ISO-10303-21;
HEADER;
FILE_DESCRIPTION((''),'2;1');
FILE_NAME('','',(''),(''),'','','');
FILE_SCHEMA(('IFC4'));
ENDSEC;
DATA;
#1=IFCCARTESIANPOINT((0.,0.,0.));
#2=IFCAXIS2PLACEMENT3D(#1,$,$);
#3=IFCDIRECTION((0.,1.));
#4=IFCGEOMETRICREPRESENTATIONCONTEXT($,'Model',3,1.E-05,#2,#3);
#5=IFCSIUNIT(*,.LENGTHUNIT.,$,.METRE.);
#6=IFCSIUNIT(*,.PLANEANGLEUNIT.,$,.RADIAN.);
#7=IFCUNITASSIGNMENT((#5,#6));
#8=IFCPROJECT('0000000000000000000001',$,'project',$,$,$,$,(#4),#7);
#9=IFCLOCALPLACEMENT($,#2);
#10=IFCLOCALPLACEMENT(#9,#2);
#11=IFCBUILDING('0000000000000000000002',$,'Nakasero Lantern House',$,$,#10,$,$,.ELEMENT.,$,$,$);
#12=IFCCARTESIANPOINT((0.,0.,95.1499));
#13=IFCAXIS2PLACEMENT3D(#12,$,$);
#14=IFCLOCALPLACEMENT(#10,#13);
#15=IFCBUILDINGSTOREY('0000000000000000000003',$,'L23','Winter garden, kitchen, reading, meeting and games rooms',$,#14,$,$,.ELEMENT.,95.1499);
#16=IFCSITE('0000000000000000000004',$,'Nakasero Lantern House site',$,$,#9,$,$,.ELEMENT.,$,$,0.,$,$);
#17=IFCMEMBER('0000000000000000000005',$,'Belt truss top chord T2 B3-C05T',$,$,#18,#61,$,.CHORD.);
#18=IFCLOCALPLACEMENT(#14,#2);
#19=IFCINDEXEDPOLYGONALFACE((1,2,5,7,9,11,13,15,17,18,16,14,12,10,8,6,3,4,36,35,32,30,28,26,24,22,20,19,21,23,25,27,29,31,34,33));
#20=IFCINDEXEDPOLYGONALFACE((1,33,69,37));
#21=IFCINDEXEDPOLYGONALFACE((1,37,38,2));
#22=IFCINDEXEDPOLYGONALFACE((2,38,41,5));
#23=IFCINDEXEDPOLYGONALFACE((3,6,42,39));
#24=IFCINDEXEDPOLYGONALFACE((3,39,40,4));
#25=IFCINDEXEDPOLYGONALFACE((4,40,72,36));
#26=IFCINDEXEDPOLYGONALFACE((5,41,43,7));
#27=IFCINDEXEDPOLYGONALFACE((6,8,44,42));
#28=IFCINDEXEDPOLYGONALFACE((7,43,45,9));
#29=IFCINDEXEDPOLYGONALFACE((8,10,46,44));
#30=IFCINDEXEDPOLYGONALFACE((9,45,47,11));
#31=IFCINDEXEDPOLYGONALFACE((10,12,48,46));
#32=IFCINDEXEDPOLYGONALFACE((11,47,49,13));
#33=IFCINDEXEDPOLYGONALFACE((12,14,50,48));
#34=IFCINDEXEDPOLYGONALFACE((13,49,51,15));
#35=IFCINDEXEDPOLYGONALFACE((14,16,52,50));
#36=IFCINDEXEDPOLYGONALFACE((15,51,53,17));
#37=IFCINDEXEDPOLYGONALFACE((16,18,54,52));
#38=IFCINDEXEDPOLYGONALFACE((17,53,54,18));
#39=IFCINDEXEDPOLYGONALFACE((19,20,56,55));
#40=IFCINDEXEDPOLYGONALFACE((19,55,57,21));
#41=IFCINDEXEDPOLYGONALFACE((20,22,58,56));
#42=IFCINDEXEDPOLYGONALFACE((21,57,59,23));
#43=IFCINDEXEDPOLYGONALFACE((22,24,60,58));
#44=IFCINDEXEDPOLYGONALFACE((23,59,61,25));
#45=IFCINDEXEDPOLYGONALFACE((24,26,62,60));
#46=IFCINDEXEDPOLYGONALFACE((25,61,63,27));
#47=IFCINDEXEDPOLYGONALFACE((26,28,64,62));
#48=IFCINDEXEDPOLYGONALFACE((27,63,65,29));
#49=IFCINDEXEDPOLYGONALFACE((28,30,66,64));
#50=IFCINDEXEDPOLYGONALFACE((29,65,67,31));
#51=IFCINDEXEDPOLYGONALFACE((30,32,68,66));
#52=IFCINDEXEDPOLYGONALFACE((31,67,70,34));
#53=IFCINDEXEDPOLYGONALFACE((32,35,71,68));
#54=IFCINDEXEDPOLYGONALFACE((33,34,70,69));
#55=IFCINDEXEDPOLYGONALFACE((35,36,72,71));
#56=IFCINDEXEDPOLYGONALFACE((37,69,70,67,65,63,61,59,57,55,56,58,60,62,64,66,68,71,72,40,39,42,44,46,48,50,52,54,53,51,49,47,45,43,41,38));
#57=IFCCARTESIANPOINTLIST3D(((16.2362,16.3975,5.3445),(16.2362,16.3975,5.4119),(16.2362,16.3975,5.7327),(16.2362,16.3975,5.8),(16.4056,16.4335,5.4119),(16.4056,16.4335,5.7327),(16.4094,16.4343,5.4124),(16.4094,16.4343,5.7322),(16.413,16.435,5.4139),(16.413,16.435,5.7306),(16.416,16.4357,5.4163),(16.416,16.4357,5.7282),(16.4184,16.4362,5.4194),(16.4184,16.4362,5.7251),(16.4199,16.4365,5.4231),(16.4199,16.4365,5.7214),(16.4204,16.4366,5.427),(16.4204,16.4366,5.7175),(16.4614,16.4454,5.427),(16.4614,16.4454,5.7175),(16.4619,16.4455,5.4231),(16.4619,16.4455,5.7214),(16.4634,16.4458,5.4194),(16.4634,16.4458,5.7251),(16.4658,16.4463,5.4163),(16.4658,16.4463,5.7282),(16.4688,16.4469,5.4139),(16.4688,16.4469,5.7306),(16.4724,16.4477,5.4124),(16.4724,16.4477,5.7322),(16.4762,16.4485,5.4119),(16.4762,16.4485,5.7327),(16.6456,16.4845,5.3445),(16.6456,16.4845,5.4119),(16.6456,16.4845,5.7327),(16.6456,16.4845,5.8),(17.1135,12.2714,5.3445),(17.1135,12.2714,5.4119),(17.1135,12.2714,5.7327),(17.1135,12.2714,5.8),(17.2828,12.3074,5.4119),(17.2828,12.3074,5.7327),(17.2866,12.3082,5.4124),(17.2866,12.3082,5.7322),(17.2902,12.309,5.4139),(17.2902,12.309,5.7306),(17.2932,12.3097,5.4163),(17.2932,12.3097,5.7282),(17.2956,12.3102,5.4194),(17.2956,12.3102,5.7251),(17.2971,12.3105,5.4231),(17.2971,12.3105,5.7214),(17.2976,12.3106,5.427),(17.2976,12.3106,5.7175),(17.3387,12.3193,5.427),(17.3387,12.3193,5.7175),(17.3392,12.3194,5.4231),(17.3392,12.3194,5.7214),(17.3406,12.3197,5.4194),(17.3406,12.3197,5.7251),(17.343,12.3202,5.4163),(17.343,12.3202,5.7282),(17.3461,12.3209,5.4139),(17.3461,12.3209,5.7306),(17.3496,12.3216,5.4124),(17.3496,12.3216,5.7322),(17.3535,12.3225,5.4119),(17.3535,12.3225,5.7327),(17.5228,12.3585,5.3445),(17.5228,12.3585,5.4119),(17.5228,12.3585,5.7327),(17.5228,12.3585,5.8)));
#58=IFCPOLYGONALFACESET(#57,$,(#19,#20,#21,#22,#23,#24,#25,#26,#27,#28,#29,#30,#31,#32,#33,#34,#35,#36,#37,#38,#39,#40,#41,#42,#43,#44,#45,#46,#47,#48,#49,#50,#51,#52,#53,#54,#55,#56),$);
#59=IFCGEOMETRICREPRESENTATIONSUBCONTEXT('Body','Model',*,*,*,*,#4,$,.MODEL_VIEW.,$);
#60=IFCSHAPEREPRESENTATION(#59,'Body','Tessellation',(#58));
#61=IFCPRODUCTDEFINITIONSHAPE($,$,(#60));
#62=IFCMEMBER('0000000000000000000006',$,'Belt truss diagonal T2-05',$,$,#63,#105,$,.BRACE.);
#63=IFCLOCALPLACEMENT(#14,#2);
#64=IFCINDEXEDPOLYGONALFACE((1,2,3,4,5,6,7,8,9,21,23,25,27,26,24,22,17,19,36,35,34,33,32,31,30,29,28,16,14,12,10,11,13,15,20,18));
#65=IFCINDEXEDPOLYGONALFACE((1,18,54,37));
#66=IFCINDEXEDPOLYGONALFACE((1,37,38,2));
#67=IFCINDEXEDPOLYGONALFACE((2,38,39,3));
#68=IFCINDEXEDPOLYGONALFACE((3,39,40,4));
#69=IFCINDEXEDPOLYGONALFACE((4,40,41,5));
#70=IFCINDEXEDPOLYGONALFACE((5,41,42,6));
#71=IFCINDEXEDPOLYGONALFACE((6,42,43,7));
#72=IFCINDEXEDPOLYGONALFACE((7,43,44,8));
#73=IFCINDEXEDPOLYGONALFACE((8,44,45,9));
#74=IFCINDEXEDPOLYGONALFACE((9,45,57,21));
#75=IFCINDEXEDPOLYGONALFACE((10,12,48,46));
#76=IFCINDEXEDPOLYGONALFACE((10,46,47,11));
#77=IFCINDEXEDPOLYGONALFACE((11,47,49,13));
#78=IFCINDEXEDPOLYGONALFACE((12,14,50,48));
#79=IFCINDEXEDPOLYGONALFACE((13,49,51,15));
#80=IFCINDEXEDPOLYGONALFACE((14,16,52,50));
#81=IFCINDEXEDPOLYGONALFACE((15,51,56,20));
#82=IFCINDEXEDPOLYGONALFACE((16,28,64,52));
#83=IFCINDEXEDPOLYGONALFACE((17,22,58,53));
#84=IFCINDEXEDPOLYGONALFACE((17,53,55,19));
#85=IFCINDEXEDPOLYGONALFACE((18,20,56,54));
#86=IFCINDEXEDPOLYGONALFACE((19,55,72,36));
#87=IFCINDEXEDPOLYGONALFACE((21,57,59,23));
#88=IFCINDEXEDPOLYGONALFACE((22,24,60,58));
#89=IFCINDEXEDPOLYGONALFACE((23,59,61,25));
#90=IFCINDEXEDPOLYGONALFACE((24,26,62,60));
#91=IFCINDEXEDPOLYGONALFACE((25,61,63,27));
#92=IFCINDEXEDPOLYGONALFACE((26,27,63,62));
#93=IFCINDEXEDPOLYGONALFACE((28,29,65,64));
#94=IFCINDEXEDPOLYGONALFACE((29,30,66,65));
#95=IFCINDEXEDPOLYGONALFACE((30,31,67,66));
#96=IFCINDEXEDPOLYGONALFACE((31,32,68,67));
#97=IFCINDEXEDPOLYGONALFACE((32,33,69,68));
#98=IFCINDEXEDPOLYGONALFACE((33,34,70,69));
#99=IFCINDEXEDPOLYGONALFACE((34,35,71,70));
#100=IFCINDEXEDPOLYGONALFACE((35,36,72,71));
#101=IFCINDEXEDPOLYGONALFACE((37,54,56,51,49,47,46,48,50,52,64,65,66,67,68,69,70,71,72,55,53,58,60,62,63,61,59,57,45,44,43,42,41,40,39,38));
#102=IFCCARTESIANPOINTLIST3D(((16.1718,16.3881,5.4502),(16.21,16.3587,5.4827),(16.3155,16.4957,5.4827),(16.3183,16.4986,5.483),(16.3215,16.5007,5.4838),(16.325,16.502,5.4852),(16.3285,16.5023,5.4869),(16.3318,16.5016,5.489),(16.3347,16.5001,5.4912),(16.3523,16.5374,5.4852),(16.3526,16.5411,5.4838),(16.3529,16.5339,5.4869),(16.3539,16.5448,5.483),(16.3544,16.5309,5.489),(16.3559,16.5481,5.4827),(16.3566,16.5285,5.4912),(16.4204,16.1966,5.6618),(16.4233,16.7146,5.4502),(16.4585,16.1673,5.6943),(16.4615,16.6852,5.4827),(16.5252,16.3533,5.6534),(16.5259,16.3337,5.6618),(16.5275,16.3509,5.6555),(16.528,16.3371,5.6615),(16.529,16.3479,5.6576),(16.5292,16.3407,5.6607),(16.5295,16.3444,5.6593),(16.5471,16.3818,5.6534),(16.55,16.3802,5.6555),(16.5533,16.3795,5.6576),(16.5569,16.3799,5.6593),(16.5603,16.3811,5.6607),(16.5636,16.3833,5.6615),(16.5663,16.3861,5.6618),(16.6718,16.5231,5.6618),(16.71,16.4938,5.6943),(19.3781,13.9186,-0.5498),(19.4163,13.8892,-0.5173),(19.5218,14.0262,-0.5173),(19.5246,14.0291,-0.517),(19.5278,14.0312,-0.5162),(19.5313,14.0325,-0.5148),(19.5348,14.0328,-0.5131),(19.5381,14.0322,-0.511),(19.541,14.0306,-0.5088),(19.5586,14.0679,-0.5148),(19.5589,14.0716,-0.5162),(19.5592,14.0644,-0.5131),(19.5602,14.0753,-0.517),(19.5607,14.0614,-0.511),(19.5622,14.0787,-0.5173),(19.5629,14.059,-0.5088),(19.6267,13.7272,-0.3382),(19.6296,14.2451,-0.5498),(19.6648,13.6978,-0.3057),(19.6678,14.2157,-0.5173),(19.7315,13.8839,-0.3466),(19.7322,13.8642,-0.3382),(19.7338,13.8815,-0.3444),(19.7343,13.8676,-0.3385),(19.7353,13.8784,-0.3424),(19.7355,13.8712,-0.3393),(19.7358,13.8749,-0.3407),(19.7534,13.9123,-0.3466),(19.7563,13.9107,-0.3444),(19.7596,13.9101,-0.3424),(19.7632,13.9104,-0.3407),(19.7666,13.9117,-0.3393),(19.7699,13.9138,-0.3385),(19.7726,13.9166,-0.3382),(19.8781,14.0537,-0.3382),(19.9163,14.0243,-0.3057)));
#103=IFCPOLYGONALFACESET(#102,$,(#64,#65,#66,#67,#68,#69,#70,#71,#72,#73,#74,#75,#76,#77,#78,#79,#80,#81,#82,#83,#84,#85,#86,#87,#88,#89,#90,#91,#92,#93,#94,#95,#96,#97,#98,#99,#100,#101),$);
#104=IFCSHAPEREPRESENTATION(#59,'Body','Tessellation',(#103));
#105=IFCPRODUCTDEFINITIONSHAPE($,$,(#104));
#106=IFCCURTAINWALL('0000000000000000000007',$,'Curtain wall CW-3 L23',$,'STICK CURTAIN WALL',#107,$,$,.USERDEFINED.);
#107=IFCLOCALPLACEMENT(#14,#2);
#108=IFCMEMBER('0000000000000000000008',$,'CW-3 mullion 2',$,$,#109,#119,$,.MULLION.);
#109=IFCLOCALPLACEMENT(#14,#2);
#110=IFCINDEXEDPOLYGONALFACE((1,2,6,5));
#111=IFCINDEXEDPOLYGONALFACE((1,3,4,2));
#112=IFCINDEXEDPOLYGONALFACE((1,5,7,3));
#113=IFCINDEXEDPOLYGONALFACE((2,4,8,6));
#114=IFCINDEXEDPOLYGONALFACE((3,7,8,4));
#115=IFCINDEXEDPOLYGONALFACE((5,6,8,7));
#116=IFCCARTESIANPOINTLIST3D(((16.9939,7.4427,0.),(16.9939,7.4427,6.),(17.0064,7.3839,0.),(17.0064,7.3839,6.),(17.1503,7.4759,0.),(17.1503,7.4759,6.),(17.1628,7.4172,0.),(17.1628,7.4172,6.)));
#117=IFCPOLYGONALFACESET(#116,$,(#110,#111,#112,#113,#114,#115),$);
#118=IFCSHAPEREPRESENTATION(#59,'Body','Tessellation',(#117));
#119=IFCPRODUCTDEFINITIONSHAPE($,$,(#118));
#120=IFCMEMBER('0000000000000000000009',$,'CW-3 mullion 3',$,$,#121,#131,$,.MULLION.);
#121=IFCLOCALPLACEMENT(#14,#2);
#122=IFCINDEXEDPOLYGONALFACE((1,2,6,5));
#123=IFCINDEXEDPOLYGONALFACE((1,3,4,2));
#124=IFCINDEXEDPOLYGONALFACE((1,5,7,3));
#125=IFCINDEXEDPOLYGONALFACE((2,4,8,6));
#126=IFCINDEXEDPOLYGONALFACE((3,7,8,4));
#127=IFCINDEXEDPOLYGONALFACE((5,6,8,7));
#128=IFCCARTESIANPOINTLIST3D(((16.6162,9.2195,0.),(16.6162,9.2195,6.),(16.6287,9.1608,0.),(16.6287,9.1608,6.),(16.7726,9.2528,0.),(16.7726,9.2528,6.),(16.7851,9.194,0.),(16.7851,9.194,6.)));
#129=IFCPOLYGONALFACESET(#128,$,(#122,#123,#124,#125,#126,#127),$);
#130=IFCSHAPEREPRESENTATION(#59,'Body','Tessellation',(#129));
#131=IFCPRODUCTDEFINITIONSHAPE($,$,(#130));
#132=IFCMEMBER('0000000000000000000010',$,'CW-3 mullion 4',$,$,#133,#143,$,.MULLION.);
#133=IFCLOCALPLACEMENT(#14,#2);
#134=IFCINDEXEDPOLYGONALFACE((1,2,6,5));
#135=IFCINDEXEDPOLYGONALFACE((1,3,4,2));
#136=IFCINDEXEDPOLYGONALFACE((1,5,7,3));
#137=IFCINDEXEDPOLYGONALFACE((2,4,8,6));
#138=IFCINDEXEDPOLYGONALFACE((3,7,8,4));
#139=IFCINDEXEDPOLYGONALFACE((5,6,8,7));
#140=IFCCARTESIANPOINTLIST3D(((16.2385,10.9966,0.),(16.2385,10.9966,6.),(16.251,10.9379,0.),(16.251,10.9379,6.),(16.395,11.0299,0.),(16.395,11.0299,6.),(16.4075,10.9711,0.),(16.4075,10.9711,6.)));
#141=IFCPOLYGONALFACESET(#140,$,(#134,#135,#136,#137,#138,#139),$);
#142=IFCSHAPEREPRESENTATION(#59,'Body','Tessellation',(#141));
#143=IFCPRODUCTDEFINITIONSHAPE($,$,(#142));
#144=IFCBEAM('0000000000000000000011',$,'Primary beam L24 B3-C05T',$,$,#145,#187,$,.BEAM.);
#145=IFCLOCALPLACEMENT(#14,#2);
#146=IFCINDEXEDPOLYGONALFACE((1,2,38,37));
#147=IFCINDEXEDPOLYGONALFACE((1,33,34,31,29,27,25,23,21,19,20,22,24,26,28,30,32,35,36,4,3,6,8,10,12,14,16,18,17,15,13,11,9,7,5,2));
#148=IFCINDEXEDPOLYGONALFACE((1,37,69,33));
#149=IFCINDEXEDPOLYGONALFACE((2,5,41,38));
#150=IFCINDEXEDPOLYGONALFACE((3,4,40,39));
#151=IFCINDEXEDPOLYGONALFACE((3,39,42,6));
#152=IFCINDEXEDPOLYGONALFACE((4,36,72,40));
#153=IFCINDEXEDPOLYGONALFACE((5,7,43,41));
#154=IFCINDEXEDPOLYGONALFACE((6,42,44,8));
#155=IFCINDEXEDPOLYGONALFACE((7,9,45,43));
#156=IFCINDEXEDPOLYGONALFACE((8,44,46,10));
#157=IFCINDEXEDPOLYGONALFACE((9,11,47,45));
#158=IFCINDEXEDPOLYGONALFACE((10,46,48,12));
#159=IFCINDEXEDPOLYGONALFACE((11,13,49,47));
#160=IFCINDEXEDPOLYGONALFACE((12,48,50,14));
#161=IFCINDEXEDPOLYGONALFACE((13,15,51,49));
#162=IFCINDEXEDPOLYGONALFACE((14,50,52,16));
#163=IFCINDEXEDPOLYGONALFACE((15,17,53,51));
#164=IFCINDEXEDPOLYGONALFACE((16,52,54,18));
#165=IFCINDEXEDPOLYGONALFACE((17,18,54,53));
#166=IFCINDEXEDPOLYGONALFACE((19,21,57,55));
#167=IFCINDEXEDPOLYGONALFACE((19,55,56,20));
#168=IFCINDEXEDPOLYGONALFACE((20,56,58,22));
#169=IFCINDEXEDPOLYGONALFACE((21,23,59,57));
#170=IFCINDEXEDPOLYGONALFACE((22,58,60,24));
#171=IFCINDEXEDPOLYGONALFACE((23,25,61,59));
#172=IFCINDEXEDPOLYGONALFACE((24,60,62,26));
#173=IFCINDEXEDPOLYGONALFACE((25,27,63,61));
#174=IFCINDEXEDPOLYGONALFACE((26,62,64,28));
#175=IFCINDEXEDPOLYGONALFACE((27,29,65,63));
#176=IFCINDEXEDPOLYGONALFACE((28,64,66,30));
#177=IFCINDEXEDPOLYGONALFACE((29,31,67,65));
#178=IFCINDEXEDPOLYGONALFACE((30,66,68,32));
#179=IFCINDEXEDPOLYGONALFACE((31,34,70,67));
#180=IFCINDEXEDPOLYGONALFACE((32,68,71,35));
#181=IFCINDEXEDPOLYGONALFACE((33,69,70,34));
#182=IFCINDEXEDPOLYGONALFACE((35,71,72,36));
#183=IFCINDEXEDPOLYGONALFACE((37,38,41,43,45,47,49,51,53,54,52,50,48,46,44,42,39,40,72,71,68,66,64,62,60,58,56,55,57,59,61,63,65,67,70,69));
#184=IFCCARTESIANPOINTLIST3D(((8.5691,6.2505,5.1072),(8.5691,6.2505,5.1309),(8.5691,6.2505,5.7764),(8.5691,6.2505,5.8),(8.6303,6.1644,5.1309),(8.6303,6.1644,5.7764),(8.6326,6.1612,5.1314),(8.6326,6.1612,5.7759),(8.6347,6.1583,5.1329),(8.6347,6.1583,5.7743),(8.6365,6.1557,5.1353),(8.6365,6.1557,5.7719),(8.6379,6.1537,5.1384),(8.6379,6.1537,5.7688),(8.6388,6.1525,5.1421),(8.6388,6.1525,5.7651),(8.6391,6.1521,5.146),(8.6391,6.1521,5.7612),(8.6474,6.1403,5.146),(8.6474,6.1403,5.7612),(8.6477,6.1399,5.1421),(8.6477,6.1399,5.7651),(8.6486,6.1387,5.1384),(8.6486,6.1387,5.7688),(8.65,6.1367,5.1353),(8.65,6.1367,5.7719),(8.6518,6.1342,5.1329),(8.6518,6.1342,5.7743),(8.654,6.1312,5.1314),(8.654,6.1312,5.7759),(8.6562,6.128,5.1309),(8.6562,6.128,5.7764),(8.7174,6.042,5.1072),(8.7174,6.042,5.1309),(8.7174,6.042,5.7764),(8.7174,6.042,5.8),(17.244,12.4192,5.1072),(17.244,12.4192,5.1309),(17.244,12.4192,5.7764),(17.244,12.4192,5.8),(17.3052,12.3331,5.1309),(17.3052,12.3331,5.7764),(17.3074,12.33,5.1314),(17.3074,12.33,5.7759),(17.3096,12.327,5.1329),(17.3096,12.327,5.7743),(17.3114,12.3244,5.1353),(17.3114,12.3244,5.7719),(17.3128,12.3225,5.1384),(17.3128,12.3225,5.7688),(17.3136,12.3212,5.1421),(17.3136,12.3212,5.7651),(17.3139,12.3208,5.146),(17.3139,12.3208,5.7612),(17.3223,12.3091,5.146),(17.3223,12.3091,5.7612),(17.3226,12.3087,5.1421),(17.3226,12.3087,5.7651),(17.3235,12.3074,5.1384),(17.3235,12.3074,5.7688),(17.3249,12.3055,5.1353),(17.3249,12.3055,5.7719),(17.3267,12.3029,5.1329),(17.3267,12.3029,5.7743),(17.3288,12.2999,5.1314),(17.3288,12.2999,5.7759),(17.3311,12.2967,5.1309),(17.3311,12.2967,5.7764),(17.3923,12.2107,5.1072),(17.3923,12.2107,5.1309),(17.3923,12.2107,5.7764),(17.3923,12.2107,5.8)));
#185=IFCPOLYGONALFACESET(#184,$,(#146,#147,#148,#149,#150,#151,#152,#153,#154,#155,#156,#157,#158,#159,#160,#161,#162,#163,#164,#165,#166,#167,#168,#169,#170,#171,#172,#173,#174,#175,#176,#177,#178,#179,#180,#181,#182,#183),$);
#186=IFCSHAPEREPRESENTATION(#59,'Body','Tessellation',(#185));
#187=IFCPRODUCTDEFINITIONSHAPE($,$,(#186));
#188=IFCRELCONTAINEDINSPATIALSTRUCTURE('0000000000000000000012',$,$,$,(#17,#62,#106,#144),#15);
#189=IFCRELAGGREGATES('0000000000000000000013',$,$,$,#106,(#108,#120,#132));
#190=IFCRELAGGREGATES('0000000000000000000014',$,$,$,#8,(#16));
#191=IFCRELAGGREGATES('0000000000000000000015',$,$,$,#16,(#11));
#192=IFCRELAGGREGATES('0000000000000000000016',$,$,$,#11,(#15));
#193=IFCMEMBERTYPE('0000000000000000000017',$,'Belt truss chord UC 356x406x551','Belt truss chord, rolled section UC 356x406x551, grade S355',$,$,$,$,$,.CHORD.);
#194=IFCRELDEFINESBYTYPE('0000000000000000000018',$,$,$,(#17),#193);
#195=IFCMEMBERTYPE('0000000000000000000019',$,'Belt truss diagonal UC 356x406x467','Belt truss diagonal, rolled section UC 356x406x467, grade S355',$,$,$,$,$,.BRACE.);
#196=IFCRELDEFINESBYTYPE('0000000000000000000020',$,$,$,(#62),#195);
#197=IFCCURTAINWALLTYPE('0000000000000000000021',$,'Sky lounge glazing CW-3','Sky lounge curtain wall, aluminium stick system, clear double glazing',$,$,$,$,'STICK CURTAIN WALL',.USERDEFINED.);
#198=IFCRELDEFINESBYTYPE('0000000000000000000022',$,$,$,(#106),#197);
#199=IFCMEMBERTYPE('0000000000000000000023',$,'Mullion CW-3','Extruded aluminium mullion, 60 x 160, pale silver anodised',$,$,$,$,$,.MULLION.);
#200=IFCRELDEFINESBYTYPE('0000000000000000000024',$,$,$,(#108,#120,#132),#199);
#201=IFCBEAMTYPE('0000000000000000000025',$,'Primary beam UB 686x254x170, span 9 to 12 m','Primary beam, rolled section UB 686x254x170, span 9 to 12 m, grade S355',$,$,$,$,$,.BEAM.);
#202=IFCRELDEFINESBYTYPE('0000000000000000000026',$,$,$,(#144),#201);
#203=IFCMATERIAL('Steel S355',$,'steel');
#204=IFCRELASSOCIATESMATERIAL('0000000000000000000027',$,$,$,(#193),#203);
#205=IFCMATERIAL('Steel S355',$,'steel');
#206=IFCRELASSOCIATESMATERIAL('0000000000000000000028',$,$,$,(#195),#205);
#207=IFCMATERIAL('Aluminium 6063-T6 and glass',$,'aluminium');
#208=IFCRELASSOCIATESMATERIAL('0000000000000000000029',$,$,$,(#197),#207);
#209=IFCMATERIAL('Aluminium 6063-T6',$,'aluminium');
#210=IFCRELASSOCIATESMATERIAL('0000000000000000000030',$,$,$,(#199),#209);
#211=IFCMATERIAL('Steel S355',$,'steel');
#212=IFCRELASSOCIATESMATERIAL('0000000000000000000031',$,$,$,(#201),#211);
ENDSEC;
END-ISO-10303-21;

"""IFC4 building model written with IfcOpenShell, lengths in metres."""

from ifc_helpers import new_model, si_unit, direction, frame, origin, origin_2d, place, context, subcontext, project, spatial, rectangle, i_section, extrude, material, material_profile, profile_set, type_object, element, aggregate, save


model = new_model("IFC4")

# Units and contexts
model_context = context("Model", 3, precision=1e-05, world=origin(), true_north=direction((0.0, 1.0)))
body_context = subcontext(model_context, "Body", "Model", "MODEL_VIEW")
ifc_project = project(units=[si_unit("LENGTHUNIT", "METRE"), si_unit("PLANEANGLEUNIT", "RADIAN")], contexts=[model_context])

# Site, building, storey
site_placement = place(None, origin())
site = spatial("IfcSite", under=ifc_project, at=site_placement, Name="Nakasero Lantern House site", CompositionType="ELEMENT", RefElevation=0.0)
building_placement = place(site_placement, origin())
building = spatial("IfcBuilding", under=site, at=building_placement, Name="Nakasero Lantern House", CompositionType="ELEMENT")
storey_placement = place(building_placement, frame((0.0, 0.0, 95.1499)))
storey = spatial("IfcBuildingStorey", under=building, at=storey_placement, Name="L23", Description="Winter garden, kitchen, reading, meeting and games rooms", CompositionType="ELEMENT", Elevation=95.1499)

# Members
ifc_material_1 = material(Name="Steel S355", Category="steel")
ifc_material_profile_1 = material_profile(ifc_material_1, i_section(OverallWidth=0.4185, OverallDepth=0.4556, WebThickness=0.042, FlangeThickness=0.0674, FilletRadius=0.0151, at=origin_2d()), Name="UC 356x406x551")
ifc_profile_set_1 = profile_set([ifc_material_profile_1], Name="Steel S355")
member_type_1 = type_object("IfcMemberType", Name="Belt truss chord UC 356x406x551", Description="Belt truss chord, rolled section UC 356x406x551, grade S355", PredefinedType="CHORD", material=ifc_profile_set_1)
member_1_placement = place(storey_placement, frame((17.3181, 12.3149, 5.5723), z_axis=(-0.207956, 0.978138, 0.0), x_axis=(-0.978138, -0.207956, 0.0)))
element("IfcMember", 1, at=member_1_placement, inside=storey, type_object=member_type_1, Name="Belt truss top chord T2 B3-C05T", PredefinedType="CHORD", context=body_context, shape_type="SweptSolid", body=[
    extrude(i_section(OverallWidth=0.4185, OverallDepth=0.4556, WebThickness=0.042, FlangeThickness=0.0674, FilletRadius=0.0151, at=origin_2d()), origin(), (0.0, 0.0, 1.0), 4.2183),
])
ifc_material_2 = material(Name="Steel S355", Category="steel")
ifc_material_profile_2 = material_profile(ifc_material_2, i_section(OverallWidth=0.4121, OverallDepth=0.4365, WebThickness=0.0359, FlangeThickness=0.0581, FilletRadius=0.0151, at=origin_2d()), Name="UC 356x406x467")
ifc_profile_set_2 = profile_set([ifc_material_profile_2], Name="Steel S355")
member_type_2 = type_object("IfcMemberType", Name="Belt truss diagonal UC 356x406x467", Description="Belt truss diagonal, rolled section UC 356x406x467, grade S355", PredefinedType="BRACE", material=ifc_profile_set_2)
member_2_placement = place(storey_placement, frame((19.6472, 13.9714, -0.4277), z_axis=(-0.443023, 0.341215, 0.829037), x_axis=(-0.610192, -0.792254, 0.0)))
element("IfcMember", 2, at=member_2_placement, inside=storey, type_object=member_type_2, Name="Belt truss diagonal T2-05", PredefinedType="BRACE", context=body_context, shape_type="SweptSolid", body=[
    extrude(i_section(OverallWidth=0.4121, OverallDepth=0.4365, WebThickness=0.0359, FlangeThickness=0.0581, FilletRadius=0.0151, at=origin_2d()), origin(), (0.0, 0.0, 1.0), 7.2373),
])

# Curtain wall, members
ifc_material_3 = material(Name="Aluminium 6063-T6 and glass", Category="aluminium")
curtain_wall_type = type_object("IfcCurtainWallType", Name="Sky lounge glazing CW-3", Description="Sky lounge curtain wall, aluminium stick system, clear double glazing", ElementType="STICK CURTAIN WALL", PredefinedType="USERDEFINED", material=ifc_material_3)
curtain_wall_placement = place(storey_placement, origin())
curtain_wall = element("IfcCurtainWall", 3, at=curtain_wall_placement, inside=storey, type_object=curtain_wall_type, Name="Curtain wall CW-3 L23", ObjectType="STICK CURTAIN WALL", PredefinedType="USERDEFINED")
ifc_material_4 = material(Name="Aluminium 6063-T6", Category="aluminium")
ifc_material_profile_3 = material_profile(ifc_material_4, rectangle(XDim=0.0601, YDim=0.1599, at=origin_2d()), Name="CW-3 mullion 60x160")
ifc_profile_set_3 = profile_set([ifc_material_profile_3], Name="Aluminium 6063-T6")
member_type_3 = type_object("IfcMemberType", Name="Mullion CW-3", Description="Extruded aluminium mullion, 60 x 160, pale silver anodised", PredefinedType="MULLION", material=ifc_profile_set_3)
member_3_placement = place(storey_placement, frame((17.0784, 7.4299, 0.0), z_axis=(0.0, 0.0, 1.0), x_axis=(-0.207912, 0.978148, 0.0)))
member_3 = element("IfcMember", 4, at=member_3_placement, type_object=member_type_3, Name="CW-3 mullion 2", PredefinedType="MULLION", context=body_context, shape_type="SweptSolid", body=[
    extrude(rectangle(XDim=0.0601, YDim=0.1599, at=origin_2d()), origin(), (0.0, 0.0, 1.0), 6.0),
])
member_4_placement = place(storey_placement, frame((16.7007, 9.2068, 0.0), z_axis=(0.0, 0.0, 1.0), x_axis=(-0.207912, 0.978148, 0.0)))
member_4 = element("IfcMember", 5, at=member_4_placement, type_object=member_type_3, Name="CW-3 mullion 3", PredefinedType="MULLION", context=body_context, shape_type="SweptSolid", body=[
    extrude(rectangle(XDim=0.0601, YDim=0.1599, at=origin_2d()), origin(), (0.0, 0.0, 1.0), 6.0),
])
member_5_placement = place(storey_placement, frame((16.323, 10.9839, 0.0), z_axis=(0.0, 0.0, 1.0), x_axis=(-0.207912, 0.978148, 0.0)))
member_5 = element("IfcMember", 6, at=member_5_placement, type_object=member_type_3, Name="CW-3 mullion 4", PredefinedType="MULLION", context=body_context, shape_type="SweptSolid", body=[
    extrude(rectangle(XDim=0.0601, YDim=0.1599, at=origin_2d()), origin(), (0.0, 0.0, 1.0), 6.0),
])

# Beam
ifc_material_5 = material(Name="Steel S355", Category="steel")
ifc_material_profile_4 = material_profile(ifc_material_5, i_section(OverallWidth=0.2559, OverallDepth=0.6929, WebThickness=0.0144, FlangeThickness=0.0237, FilletRadius=0.0151, at=origin_2d()), Name="UB 686x254x170")
ifc_profile_set_4 = profile_set([ifc_material_profile_4], Name="Steel S355")
beam_type = type_object("IfcBeamType", Name="Primary beam UB 686x254x170, span 9 to 12 m", Description="Primary beam, rolled section UB 686x254x170, span 9 to 12 m, grade S355", PredefinedType="BEAM", material=ifc_profile_set_4)
beam_placement = place(storey_placement, frame((17.3181, 12.3149, 5.4536), z_axis=(-0.814957, -0.579521, 0.0), x_axis=(0.579521, -0.814957, 0.0)))
element("IfcBeam", 7, at=beam_placement, inside=storey, type_object=beam_type, Name="Primary beam L24 B3-C05T", PredefinedType="BEAM", context=body_context, shape_type="SweptSolid", body=[
    extrude(i_section(OverallWidth=0.2559, OverallDepth=0.6929, WebThickness=0.0144, FlangeThickness=0.0237, FilletRadius=0.0151, at=origin_2d()), origin(), (0.0, 0.0, 1.0), 10.6445),
])

aggregate(curtain_wall, [member_3, member_4, member_5])

save(model, "model.ifc")
